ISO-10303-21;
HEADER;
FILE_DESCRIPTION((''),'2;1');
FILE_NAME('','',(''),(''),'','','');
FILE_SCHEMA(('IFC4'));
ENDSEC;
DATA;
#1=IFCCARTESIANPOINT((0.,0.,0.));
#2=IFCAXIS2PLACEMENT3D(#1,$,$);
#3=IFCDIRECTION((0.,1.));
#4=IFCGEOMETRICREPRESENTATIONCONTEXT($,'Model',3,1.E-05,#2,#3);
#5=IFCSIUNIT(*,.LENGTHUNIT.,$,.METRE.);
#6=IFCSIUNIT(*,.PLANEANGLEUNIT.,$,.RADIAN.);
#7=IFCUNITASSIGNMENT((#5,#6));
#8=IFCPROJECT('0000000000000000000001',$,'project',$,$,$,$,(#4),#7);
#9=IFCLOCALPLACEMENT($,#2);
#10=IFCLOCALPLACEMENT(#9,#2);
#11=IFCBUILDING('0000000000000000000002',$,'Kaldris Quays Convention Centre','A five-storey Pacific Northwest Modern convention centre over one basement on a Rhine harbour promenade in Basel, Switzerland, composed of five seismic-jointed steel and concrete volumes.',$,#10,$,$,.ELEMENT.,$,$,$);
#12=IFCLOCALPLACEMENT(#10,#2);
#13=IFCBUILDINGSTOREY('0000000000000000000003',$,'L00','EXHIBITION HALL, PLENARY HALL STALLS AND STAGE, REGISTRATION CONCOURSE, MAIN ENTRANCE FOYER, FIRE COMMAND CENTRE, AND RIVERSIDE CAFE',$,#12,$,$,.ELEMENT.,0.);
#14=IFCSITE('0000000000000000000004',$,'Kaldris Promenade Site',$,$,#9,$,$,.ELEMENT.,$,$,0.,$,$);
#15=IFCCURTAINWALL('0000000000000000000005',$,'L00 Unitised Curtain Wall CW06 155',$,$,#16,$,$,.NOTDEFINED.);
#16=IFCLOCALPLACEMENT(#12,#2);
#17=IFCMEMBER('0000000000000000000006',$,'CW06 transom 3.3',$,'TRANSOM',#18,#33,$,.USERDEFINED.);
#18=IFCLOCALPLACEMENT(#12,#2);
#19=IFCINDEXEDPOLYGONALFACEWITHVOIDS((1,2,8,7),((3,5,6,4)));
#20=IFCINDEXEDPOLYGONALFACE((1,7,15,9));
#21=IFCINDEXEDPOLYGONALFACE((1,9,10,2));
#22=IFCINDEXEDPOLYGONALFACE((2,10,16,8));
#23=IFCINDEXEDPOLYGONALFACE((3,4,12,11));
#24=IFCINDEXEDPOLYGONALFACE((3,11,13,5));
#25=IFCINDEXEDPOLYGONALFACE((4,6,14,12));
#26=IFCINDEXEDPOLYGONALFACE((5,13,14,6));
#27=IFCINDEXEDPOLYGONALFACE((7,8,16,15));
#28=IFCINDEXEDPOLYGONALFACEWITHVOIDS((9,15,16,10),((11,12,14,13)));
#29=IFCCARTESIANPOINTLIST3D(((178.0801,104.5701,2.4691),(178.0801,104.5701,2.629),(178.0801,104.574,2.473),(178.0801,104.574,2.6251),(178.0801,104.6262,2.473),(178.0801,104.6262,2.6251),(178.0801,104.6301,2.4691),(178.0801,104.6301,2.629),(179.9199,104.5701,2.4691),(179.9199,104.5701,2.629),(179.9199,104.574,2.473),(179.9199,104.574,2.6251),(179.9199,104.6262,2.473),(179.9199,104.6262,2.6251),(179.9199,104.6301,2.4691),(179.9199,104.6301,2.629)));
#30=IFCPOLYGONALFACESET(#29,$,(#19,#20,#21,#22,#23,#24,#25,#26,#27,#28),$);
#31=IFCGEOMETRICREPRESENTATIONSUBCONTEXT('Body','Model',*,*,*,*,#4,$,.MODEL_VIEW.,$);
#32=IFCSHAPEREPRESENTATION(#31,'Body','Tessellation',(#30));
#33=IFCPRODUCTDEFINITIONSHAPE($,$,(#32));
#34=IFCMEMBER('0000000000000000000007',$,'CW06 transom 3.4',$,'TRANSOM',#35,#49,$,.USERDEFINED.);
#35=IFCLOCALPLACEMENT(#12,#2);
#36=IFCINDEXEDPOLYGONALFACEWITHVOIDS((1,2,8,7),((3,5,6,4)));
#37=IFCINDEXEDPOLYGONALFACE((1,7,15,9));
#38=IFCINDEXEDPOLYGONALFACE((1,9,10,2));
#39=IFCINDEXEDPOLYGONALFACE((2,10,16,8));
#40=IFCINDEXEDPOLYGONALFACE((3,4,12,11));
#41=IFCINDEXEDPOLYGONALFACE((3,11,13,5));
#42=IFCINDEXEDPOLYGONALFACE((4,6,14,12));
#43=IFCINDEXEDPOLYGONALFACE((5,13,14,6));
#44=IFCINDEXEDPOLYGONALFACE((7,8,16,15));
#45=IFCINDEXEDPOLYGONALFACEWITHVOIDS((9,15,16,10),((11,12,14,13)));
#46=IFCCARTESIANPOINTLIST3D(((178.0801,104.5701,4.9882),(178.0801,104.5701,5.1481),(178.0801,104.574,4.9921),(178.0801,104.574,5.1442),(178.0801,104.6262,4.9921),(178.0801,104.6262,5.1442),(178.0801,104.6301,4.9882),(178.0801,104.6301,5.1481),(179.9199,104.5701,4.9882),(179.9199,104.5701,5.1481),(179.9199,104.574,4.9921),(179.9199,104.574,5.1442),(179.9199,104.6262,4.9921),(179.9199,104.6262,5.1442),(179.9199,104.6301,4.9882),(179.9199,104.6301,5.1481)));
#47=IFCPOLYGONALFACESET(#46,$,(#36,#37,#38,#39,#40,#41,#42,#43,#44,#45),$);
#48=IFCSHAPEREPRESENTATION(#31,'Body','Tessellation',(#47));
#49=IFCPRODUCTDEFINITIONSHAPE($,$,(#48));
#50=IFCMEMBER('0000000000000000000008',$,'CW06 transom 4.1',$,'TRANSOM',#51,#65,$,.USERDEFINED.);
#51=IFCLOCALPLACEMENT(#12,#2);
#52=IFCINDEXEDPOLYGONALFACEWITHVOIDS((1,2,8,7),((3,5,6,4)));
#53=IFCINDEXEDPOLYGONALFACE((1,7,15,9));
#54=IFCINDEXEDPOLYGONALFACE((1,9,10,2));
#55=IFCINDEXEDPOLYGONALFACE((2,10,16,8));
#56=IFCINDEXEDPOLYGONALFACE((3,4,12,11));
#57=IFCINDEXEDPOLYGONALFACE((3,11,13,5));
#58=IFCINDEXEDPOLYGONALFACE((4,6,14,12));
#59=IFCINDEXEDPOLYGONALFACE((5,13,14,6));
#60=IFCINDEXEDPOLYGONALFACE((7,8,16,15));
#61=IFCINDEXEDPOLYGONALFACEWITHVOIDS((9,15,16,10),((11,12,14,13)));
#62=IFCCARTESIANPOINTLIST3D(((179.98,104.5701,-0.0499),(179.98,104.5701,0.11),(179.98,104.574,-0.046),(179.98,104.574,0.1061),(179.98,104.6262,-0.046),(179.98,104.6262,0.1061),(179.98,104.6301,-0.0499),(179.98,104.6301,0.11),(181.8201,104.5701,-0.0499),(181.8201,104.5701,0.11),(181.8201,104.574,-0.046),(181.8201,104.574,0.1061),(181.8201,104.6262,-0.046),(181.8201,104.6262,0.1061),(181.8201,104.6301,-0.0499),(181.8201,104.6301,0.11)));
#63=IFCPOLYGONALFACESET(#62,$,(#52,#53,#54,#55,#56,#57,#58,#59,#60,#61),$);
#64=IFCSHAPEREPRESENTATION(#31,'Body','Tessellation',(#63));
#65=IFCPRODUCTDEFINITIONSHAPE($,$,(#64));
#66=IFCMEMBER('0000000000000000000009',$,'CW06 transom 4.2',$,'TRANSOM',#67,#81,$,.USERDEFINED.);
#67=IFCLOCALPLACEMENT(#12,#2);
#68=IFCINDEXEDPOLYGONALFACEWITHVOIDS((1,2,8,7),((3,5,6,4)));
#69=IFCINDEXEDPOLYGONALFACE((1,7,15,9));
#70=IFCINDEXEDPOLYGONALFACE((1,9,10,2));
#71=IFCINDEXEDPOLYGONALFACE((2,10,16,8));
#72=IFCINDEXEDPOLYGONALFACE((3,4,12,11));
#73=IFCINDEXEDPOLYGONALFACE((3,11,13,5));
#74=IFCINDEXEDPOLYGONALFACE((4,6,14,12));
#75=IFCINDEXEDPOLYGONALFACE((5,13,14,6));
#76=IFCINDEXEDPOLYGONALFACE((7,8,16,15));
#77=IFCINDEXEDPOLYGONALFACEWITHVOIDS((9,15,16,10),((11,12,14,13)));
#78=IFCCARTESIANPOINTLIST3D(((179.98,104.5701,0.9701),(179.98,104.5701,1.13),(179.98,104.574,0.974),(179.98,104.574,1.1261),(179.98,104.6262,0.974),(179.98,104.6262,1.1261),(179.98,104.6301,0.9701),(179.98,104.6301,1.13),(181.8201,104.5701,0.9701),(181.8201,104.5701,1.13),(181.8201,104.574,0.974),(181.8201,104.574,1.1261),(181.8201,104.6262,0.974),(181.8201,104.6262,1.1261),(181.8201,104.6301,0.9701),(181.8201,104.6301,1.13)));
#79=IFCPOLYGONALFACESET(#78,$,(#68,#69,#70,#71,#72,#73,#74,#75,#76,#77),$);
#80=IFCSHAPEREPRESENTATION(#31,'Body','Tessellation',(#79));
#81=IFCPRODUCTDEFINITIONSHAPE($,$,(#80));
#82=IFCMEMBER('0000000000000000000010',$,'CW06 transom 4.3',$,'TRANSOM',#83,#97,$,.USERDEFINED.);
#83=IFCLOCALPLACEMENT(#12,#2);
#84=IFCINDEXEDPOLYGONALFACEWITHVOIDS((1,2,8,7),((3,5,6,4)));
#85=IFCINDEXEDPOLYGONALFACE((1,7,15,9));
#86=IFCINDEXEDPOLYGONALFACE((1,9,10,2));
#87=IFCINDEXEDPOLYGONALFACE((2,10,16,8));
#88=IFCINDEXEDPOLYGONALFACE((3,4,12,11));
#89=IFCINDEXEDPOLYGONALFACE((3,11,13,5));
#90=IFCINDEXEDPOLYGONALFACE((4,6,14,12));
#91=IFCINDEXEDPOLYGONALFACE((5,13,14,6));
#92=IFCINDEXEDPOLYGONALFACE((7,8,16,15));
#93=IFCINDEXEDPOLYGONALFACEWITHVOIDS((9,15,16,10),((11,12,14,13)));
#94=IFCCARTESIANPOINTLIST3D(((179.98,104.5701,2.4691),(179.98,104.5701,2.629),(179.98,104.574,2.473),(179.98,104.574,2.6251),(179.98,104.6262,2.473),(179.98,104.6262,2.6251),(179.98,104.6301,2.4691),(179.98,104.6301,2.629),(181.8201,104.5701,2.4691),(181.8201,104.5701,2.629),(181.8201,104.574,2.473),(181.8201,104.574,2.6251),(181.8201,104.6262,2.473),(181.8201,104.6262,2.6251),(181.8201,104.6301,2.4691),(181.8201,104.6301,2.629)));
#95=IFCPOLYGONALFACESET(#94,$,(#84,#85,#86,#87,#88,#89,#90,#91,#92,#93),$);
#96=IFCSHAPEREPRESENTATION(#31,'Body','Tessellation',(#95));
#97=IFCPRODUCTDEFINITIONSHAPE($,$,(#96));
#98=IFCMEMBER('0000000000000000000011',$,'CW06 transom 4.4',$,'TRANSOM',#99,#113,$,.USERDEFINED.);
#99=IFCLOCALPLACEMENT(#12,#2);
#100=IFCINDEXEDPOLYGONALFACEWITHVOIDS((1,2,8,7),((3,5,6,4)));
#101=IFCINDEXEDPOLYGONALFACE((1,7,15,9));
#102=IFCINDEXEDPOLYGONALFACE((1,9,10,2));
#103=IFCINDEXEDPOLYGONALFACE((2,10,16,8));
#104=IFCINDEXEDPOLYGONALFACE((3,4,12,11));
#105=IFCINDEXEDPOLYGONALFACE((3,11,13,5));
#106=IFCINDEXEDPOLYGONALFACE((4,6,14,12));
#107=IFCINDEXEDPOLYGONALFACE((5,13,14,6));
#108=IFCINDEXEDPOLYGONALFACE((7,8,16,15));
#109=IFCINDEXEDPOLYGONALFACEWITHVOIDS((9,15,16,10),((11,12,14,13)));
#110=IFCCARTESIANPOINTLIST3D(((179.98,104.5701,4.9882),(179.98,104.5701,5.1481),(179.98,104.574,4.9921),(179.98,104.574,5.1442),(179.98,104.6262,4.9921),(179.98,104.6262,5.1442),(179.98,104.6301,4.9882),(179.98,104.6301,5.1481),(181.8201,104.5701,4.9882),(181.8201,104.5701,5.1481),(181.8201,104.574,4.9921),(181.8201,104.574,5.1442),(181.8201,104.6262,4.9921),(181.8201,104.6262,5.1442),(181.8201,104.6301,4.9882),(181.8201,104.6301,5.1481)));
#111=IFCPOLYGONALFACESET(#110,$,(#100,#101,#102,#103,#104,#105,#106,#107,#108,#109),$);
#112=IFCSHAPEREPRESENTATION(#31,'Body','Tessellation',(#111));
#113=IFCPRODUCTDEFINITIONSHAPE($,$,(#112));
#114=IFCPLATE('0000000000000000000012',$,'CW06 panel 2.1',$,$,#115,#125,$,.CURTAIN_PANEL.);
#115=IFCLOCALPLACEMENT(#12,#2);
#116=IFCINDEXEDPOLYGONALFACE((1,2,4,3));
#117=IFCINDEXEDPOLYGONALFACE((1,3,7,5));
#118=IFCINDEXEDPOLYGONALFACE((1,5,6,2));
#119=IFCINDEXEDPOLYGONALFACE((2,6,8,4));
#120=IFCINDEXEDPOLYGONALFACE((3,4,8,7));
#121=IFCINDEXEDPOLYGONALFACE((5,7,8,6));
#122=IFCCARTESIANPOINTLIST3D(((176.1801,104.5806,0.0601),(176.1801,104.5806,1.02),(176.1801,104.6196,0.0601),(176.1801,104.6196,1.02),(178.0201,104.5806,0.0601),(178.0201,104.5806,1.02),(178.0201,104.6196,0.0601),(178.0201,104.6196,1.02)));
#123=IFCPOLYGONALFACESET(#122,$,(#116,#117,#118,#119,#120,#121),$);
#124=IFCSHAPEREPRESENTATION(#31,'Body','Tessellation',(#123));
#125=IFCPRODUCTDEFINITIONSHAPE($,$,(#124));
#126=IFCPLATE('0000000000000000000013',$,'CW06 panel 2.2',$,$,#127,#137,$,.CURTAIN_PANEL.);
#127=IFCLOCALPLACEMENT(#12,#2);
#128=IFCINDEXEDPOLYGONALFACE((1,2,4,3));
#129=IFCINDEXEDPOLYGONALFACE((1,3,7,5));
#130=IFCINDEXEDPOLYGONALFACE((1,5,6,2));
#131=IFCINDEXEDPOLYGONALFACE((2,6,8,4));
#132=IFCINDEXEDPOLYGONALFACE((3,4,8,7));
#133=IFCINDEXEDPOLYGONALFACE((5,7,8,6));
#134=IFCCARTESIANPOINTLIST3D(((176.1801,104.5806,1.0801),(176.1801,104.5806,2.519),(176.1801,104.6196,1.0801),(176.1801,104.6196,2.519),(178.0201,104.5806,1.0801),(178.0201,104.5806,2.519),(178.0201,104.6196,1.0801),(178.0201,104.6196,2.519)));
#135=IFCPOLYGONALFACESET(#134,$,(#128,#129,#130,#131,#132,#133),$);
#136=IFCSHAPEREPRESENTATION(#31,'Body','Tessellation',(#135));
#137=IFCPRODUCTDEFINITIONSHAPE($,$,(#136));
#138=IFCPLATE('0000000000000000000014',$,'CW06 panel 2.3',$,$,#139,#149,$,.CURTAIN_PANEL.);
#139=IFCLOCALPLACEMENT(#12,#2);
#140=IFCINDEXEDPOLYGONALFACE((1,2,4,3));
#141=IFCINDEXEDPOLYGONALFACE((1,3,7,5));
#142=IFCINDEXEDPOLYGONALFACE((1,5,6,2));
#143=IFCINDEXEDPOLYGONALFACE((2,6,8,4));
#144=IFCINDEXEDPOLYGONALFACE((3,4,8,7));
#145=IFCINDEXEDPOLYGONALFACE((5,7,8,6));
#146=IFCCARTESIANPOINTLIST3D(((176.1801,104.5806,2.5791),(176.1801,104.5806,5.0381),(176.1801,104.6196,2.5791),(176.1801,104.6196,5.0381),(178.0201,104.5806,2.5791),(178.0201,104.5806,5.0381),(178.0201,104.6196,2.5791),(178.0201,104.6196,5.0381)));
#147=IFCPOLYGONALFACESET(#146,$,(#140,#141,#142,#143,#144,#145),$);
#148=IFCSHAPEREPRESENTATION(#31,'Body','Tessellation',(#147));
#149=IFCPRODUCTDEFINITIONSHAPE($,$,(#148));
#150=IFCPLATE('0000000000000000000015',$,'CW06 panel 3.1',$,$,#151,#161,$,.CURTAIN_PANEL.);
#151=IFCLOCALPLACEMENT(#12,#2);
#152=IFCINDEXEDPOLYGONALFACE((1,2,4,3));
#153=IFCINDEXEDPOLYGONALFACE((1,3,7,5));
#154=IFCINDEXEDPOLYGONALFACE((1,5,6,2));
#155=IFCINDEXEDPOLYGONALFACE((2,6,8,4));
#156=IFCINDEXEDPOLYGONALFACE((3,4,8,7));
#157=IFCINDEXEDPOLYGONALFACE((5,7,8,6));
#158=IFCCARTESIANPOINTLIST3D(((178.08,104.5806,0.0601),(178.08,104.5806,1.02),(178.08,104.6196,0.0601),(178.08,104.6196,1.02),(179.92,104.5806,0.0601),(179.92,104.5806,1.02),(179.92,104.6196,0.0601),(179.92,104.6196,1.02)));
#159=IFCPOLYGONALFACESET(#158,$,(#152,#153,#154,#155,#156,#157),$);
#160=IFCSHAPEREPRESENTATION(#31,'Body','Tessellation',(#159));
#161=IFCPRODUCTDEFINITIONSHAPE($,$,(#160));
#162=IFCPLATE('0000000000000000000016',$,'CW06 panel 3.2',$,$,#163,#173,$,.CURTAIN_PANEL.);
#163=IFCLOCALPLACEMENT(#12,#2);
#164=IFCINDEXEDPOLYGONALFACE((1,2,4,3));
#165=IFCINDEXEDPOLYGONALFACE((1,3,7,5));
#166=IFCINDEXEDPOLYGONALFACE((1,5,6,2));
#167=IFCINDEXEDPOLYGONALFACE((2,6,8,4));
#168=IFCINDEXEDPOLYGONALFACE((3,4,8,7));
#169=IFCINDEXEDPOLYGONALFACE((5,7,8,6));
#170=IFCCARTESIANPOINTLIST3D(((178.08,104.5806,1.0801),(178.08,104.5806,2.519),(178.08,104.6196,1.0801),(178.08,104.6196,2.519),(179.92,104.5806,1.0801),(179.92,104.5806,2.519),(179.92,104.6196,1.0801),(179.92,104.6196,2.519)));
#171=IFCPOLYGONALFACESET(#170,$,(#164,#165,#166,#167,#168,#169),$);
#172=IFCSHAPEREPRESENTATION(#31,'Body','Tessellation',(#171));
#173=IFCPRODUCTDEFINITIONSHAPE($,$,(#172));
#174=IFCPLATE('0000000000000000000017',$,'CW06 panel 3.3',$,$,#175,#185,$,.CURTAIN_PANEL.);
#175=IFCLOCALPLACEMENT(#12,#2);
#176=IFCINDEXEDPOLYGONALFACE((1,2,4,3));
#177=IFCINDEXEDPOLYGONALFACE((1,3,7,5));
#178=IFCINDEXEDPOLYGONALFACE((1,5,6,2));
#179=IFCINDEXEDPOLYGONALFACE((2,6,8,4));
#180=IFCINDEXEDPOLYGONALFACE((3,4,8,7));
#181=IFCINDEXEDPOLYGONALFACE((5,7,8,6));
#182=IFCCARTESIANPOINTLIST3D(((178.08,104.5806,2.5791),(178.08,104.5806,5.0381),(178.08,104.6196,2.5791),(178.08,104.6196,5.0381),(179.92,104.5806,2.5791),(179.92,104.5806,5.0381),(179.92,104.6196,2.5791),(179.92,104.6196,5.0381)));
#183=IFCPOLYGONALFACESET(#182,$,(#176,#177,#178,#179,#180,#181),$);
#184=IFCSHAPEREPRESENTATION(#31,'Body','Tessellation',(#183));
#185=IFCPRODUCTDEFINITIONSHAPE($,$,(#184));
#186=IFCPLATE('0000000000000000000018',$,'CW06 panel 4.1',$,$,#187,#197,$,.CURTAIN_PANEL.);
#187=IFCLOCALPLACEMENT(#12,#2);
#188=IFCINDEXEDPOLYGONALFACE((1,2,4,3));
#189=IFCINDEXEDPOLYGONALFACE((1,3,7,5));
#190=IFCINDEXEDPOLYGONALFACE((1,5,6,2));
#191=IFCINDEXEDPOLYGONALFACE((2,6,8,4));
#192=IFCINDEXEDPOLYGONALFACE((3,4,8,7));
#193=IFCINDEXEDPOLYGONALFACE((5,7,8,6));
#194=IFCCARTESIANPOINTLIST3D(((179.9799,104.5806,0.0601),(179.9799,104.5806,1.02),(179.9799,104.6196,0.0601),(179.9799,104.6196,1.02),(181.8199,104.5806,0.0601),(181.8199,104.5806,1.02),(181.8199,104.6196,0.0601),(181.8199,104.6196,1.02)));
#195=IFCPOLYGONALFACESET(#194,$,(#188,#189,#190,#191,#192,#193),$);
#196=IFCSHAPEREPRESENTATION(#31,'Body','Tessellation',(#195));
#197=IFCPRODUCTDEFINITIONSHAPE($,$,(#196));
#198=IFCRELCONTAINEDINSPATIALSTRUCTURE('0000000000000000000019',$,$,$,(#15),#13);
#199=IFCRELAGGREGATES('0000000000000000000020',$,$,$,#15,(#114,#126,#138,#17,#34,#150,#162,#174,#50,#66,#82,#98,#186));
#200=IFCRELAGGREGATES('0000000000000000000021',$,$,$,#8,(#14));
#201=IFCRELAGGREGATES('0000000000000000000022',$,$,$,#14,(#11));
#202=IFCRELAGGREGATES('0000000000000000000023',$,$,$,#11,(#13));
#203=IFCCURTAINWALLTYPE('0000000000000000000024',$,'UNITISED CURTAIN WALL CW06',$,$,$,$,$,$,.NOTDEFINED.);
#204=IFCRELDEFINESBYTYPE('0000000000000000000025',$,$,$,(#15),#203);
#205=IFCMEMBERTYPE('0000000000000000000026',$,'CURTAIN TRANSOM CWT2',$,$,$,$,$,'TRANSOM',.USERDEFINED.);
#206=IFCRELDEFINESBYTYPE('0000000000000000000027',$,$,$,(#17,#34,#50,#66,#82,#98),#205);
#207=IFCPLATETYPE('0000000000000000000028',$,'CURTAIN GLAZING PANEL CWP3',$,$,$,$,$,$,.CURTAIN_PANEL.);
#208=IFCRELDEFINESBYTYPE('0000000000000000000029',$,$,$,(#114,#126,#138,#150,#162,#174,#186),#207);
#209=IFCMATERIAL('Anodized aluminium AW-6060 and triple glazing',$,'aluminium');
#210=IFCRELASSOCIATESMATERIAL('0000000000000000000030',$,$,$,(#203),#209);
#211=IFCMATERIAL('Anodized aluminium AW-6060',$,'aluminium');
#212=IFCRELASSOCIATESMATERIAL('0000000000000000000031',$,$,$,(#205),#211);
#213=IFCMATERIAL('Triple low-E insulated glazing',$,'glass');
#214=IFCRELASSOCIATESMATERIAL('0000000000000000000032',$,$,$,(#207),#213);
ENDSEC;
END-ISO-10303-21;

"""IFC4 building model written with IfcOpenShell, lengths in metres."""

from ifc_helpers import new_model, si_unit, direction, frame, origin, origin_2d, place, context, subcontext, project, spatial, rectangle, hollow_rectangle, extrude, material, material_profile, profile_set, type_object, element, aggregate, save


model = new_model("IFC4")

# Units and contexts
model_context = context("Model", 3, precision=1e-05, world=origin(), true_north=direction((0.0, 1.0)))
body_context = subcontext(model_context, "Body", "Model", "MODEL_VIEW")
ifc_project = project(units=[si_unit("LENGTHUNIT", "METRE"), si_unit("PLANEANGLEUNIT", "RADIAN")], contexts=[model_context])

# Site, building, storey
site_placement = place(None, origin())
site = spatial("IfcSite", under=ifc_project, at=site_placement, Name="Kaldris Promenade Site", CompositionType="ELEMENT", RefElevation=0.0)
building_placement = place(site_placement, origin())
building = spatial("IfcBuilding", under=site, at=building_placement, Name="Kaldris Quays Convention Centre", Description="A five-storey Pacific Northwest Modern convention centre over one basement on a Rhine harbour promenade in Basel, Switzerland, composed of five seismic-jointed steel and concrete volumes.", CompositionType="ELEMENT")
storey_placement = place(building_placement, origin())
storey = spatial("IfcBuildingStorey", under=building, at=storey_placement, Name="L00", Description="EXHIBITION HALL, PLENARY HALL STALLS AND STAGE, REGISTRATION CONCOURSE, MAIN ENTRANCE FOYER, FIRE COMMAND CENTRE, AND RIVERSIDE CAFE", CompositionType="ELEMENT", Elevation=0.0)

# Curtain wall, members, plates
ifc_material_1 = material(Name="Anodized aluminium AW-6060 and triple glazing", Category="aluminium")
curtain_wall_type = type_object("IfcCurtainWallType", Name="UNITISED CURTAIN WALL CW06", PredefinedType="NOTDEFINED", material=ifc_material_1)
curtain_wall_placement = place(storey_placement, origin())
curtain_wall = element("IfcCurtainWall", 1, at=curtain_wall_placement, inside=storey, type_object=curtain_wall_type, Name="L00 Unitised Curtain Wall CW06 155", PredefinedType="NOTDEFINED")
ifc_material_2 = material(Name="Anodized aluminium AW-6060", Category="aluminium")
ifc_material_profile_1 = material_profile(ifc_material_2, hollow_rectangle(XDim=0.0601, YDim=0.1599, WallThickness=0.0039, at=origin_2d()), Name="RHS 160x60x4")
ifc_profile_set_1 = profile_set([ifc_material_profile_1], Name="Anodized aluminium AW-6060")
member_type_1 = type_object("IfcMemberType", Name="CURTAIN TRANSOM CWT2", ElementType="TRANSOM", PredefinedType="USERDEFINED", material=ifc_profile_set_1)
member_1_placement = place(storey_placement, frame((178.0801, 104.6001, 2.5491), z_axis=(1.0, 0.0, 0.0), x_axis=(0.0, 1.0, 0.0)))
member_1 = element("IfcMember", 2, at=member_1_placement, type_object=member_type_1, Name="CW06 transom 3.3", ObjectType="TRANSOM", PredefinedType="USERDEFINED", context=body_context, shape_type="SweptSolid", body=[
    extrude(hollow_rectangle(XDim=0.0601, YDim=0.1599, WallThickness=0.0039, at=origin_2d()), origin(), (0.0, 0.0, 1.0), 1.8398),
])
member_2_placement = place(storey_placement, frame((178.0801, 104.6001, 5.0681), z_axis=(1.0, 0.0, 0.0), x_axis=(0.0, 1.0, 0.0)))
member_2 = element("IfcMember", 3, at=member_2_placement, type_object=member_type_1, Name="CW06 transom 3.4", ObjectType="TRANSOM", PredefinedType="USERDEFINED", context=body_context, shape_type="SweptSolid", body=[
    extrude(hollow_rectangle(XDim=0.0601, YDim=0.1599, WallThickness=0.0039, at=origin_2d()), origin(), (0.0, 0.0, 1.0), 1.8398),
])
member_3_placement = place(storey_placement, frame((179.98, 104.6001, 0.03), z_axis=(1.0, 0.0, 0.0), x_axis=(0.0, 1.0, 0.0)))
member_3 = element("IfcMember", 4, at=member_3_placement, type_object=member_type_1, Name="CW06 transom 4.1", ObjectType="TRANSOM", PredefinedType="USERDEFINED", context=body_context, shape_type="SweptSolid", body=[
    extrude(hollow_rectangle(XDim=0.0601, YDim=0.1599, WallThickness=0.0039, at=origin_2d()), origin(), (0.0, 0.0, 1.0), 1.8401),
])
member_4_placement = place(storey_placement, frame((179.98, 104.6001, 1.05), z_axis=(1.0, 0.0, 0.0), x_axis=(0.0, 1.0, 0.0)))
member_4 = element("IfcMember", 5, at=member_4_placement, type_object=member_type_1, Name="CW06 transom 4.2", ObjectType="TRANSOM", PredefinedType="USERDEFINED", context=body_context, shape_type="SweptSolid", body=[
    extrude(hollow_rectangle(XDim=0.0601, YDim=0.1599, WallThickness=0.0039, at=origin_2d()), origin(), (0.0, 0.0, 1.0), 1.8401),
])
member_5_placement = place(storey_placement, frame((179.98, 104.6001, 2.5491), z_axis=(1.0, 0.0, 0.0), x_axis=(0.0, 1.0, 0.0)))
member_5 = element("IfcMember", 6, at=member_5_placement, type_object=member_type_1, Name="CW06 transom 4.3", ObjectType="TRANSOM", PredefinedType="USERDEFINED", context=body_context, shape_type="SweptSolid", body=[
    extrude(hollow_rectangle(XDim=0.0601, YDim=0.1599, WallThickness=0.0039, at=origin_2d()), origin(), (0.0, 0.0, 1.0), 1.8401),
])
member_6_placement = place(storey_placement, frame((179.98, 104.6001, 5.0681), z_axis=(1.0, 0.0, 0.0), x_axis=(0.0, 1.0, 0.0)))
member_6 = element("IfcMember", 7, at=member_6_placement, type_object=member_type_1, Name="CW06 transom 4.4", ObjectType="TRANSOM", PredefinedType="USERDEFINED", context=body_context, shape_type="SweptSolid", body=[
    extrude(hollow_rectangle(XDim=0.0601, YDim=0.1599, WallThickness=0.0039, at=origin_2d()), origin(), (0.0, 0.0, 1.0), 1.8401),
])
ifc_material_3 = material(Name="Triple low-E insulated glazing", Category="glass")
plate_type = type_object("IfcPlateType", Name="CURTAIN GLAZING PANEL CWP3", PredefinedType="CURTAIN_PANEL", material=ifc_material_3)
plate_1_placement = place(storey_placement, frame((177.1001, 104.6001, 0.0601), z_axis=(0.0, 0.0, 1.0), x_axis=(1.0, 0.0, 0.0)))
plate_1 = element("IfcPlate", 8, at=plate_1_placement, type_object=plate_type, Name="CW06 panel 2.1", PredefinedType="CURTAIN_PANEL", context=body_context, shape_type="SweptSolid", body=[
    extrude(rectangle(XDim=1.8401, YDim=0.0391, at=origin_2d()), origin(), (0.0, 0.0, 1.0), 0.96),
])
plate_2_placement = place(storey_placement, frame((177.1001, 104.6001, 1.0801), z_axis=(0.0, 0.0, 1.0), x_axis=(1.0, 0.0, 0.0)))
plate_2 = element("IfcPlate", 9, at=plate_2_placement, type_object=plate_type, Name="CW06 panel 2.2", PredefinedType="CURTAIN_PANEL", context=body_context, shape_type="SweptSolid", body=[
    extrude(rectangle(XDim=1.8401, YDim=0.0391, at=origin_2d()), origin(), (0.0, 0.0, 1.0), 1.439),
])
plate_3_placement = place(storey_placement, frame((177.1001, 104.6001, 2.5791), z_axis=(0.0, 0.0, 1.0), x_axis=(1.0, 0.0, 0.0)))
plate_3 = element("IfcPlate", 10, at=plate_3_placement, type_object=plate_type, Name="CW06 panel 2.3", PredefinedType="CURTAIN_PANEL", context=body_context, shape_type="SweptSolid", body=[
    extrude(rectangle(XDim=1.8401, YDim=0.0391, at=origin_2d()), origin(), (0.0, 0.0, 1.0), 2.459),
])
plate_4_placement = place(storey_placement, frame((179.0, 104.6001, 0.0601), z_axis=(0.0, 0.0, 1.0), x_axis=(1.0, 0.0, 0.0)))
plate_4 = element("IfcPlate", 11, at=plate_4_placement, type_object=plate_type, Name="CW06 panel 3.1", PredefinedType="CURTAIN_PANEL", context=body_context, shape_type="SweptSolid", body=[
    extrude(rectangle(XDim=1.8401, YDim=0.0391, at=origin_2d()), origin(), (0.0, 0.0, 1.0), 0.96),
])
plate_5_placement = place(storey_placement, frame((179.0, 104.6001, 1.0801), z_axis=(0.0, 0.0, 1.0), x_axis=(1.0, 0.0, 0.0)))
plate_5 = element("IfcPlate", 12, at=plate_5_placement, type_object=plate_type, Name="CW06 panel 3.2", PredefinedType="CURTAIN_PANEL", context=body_context, shape_type="SweptSolid", body=[
    extrude(rectangle(XDim=1.8401, YDim=0.0391, at=origin_2d()), origin(), (0.0, 0.0, 1.0), 1.439),
])
plate_6_placement = place(storey_placement, frame((179.0, 104.6001, 2.5791), z_axis=(0.0, 0.0, 1.0), x_axis=(1.0, 0.0, 0.0)))
plate_6 = element("IfcPlate", 13, at=plate_6_placement, type_object=plate_type, Name="CW06 panel 3.3", PredefinedType="CURTAIN_PANEL", context=body_context, shape_type="SweptSolid", body=[
    extrude(rectangle(XDim=1.8401, YDim=0.0391, at=origin_2d()), origin(), (0.0, 0.0, 1.0), 2.459),
])
plate_7_placement = place(storey_placement, frame((180.8999, 104.6001, 0.0601), z_axis=(0.0, 0.0, 1.0), x_axis=(1.0, 0.0, 0.0)))
plate_7 = element("IfcPlate", 14, at=plate_7_placement, type_object=plate_type, Name="CW06 panel 4.1", PredefinedType="CURTAIN_PANEL", context=body_context, shape_type="SweptSolid", body=[
    extrude(rectangle(XDim=1.8401, YDim=0.0391, at=origin_2d()), origin(), (0.0, 0.0, 1.0), 0.96),
])
aggregate(curtain_wall, [plate_1, plate_2, plate_3, member_1, member_2, plate_4, plate_5, plate_6, member_3, member_4, member_5, member_6, plate_7])

save(model, "model.ifc")
